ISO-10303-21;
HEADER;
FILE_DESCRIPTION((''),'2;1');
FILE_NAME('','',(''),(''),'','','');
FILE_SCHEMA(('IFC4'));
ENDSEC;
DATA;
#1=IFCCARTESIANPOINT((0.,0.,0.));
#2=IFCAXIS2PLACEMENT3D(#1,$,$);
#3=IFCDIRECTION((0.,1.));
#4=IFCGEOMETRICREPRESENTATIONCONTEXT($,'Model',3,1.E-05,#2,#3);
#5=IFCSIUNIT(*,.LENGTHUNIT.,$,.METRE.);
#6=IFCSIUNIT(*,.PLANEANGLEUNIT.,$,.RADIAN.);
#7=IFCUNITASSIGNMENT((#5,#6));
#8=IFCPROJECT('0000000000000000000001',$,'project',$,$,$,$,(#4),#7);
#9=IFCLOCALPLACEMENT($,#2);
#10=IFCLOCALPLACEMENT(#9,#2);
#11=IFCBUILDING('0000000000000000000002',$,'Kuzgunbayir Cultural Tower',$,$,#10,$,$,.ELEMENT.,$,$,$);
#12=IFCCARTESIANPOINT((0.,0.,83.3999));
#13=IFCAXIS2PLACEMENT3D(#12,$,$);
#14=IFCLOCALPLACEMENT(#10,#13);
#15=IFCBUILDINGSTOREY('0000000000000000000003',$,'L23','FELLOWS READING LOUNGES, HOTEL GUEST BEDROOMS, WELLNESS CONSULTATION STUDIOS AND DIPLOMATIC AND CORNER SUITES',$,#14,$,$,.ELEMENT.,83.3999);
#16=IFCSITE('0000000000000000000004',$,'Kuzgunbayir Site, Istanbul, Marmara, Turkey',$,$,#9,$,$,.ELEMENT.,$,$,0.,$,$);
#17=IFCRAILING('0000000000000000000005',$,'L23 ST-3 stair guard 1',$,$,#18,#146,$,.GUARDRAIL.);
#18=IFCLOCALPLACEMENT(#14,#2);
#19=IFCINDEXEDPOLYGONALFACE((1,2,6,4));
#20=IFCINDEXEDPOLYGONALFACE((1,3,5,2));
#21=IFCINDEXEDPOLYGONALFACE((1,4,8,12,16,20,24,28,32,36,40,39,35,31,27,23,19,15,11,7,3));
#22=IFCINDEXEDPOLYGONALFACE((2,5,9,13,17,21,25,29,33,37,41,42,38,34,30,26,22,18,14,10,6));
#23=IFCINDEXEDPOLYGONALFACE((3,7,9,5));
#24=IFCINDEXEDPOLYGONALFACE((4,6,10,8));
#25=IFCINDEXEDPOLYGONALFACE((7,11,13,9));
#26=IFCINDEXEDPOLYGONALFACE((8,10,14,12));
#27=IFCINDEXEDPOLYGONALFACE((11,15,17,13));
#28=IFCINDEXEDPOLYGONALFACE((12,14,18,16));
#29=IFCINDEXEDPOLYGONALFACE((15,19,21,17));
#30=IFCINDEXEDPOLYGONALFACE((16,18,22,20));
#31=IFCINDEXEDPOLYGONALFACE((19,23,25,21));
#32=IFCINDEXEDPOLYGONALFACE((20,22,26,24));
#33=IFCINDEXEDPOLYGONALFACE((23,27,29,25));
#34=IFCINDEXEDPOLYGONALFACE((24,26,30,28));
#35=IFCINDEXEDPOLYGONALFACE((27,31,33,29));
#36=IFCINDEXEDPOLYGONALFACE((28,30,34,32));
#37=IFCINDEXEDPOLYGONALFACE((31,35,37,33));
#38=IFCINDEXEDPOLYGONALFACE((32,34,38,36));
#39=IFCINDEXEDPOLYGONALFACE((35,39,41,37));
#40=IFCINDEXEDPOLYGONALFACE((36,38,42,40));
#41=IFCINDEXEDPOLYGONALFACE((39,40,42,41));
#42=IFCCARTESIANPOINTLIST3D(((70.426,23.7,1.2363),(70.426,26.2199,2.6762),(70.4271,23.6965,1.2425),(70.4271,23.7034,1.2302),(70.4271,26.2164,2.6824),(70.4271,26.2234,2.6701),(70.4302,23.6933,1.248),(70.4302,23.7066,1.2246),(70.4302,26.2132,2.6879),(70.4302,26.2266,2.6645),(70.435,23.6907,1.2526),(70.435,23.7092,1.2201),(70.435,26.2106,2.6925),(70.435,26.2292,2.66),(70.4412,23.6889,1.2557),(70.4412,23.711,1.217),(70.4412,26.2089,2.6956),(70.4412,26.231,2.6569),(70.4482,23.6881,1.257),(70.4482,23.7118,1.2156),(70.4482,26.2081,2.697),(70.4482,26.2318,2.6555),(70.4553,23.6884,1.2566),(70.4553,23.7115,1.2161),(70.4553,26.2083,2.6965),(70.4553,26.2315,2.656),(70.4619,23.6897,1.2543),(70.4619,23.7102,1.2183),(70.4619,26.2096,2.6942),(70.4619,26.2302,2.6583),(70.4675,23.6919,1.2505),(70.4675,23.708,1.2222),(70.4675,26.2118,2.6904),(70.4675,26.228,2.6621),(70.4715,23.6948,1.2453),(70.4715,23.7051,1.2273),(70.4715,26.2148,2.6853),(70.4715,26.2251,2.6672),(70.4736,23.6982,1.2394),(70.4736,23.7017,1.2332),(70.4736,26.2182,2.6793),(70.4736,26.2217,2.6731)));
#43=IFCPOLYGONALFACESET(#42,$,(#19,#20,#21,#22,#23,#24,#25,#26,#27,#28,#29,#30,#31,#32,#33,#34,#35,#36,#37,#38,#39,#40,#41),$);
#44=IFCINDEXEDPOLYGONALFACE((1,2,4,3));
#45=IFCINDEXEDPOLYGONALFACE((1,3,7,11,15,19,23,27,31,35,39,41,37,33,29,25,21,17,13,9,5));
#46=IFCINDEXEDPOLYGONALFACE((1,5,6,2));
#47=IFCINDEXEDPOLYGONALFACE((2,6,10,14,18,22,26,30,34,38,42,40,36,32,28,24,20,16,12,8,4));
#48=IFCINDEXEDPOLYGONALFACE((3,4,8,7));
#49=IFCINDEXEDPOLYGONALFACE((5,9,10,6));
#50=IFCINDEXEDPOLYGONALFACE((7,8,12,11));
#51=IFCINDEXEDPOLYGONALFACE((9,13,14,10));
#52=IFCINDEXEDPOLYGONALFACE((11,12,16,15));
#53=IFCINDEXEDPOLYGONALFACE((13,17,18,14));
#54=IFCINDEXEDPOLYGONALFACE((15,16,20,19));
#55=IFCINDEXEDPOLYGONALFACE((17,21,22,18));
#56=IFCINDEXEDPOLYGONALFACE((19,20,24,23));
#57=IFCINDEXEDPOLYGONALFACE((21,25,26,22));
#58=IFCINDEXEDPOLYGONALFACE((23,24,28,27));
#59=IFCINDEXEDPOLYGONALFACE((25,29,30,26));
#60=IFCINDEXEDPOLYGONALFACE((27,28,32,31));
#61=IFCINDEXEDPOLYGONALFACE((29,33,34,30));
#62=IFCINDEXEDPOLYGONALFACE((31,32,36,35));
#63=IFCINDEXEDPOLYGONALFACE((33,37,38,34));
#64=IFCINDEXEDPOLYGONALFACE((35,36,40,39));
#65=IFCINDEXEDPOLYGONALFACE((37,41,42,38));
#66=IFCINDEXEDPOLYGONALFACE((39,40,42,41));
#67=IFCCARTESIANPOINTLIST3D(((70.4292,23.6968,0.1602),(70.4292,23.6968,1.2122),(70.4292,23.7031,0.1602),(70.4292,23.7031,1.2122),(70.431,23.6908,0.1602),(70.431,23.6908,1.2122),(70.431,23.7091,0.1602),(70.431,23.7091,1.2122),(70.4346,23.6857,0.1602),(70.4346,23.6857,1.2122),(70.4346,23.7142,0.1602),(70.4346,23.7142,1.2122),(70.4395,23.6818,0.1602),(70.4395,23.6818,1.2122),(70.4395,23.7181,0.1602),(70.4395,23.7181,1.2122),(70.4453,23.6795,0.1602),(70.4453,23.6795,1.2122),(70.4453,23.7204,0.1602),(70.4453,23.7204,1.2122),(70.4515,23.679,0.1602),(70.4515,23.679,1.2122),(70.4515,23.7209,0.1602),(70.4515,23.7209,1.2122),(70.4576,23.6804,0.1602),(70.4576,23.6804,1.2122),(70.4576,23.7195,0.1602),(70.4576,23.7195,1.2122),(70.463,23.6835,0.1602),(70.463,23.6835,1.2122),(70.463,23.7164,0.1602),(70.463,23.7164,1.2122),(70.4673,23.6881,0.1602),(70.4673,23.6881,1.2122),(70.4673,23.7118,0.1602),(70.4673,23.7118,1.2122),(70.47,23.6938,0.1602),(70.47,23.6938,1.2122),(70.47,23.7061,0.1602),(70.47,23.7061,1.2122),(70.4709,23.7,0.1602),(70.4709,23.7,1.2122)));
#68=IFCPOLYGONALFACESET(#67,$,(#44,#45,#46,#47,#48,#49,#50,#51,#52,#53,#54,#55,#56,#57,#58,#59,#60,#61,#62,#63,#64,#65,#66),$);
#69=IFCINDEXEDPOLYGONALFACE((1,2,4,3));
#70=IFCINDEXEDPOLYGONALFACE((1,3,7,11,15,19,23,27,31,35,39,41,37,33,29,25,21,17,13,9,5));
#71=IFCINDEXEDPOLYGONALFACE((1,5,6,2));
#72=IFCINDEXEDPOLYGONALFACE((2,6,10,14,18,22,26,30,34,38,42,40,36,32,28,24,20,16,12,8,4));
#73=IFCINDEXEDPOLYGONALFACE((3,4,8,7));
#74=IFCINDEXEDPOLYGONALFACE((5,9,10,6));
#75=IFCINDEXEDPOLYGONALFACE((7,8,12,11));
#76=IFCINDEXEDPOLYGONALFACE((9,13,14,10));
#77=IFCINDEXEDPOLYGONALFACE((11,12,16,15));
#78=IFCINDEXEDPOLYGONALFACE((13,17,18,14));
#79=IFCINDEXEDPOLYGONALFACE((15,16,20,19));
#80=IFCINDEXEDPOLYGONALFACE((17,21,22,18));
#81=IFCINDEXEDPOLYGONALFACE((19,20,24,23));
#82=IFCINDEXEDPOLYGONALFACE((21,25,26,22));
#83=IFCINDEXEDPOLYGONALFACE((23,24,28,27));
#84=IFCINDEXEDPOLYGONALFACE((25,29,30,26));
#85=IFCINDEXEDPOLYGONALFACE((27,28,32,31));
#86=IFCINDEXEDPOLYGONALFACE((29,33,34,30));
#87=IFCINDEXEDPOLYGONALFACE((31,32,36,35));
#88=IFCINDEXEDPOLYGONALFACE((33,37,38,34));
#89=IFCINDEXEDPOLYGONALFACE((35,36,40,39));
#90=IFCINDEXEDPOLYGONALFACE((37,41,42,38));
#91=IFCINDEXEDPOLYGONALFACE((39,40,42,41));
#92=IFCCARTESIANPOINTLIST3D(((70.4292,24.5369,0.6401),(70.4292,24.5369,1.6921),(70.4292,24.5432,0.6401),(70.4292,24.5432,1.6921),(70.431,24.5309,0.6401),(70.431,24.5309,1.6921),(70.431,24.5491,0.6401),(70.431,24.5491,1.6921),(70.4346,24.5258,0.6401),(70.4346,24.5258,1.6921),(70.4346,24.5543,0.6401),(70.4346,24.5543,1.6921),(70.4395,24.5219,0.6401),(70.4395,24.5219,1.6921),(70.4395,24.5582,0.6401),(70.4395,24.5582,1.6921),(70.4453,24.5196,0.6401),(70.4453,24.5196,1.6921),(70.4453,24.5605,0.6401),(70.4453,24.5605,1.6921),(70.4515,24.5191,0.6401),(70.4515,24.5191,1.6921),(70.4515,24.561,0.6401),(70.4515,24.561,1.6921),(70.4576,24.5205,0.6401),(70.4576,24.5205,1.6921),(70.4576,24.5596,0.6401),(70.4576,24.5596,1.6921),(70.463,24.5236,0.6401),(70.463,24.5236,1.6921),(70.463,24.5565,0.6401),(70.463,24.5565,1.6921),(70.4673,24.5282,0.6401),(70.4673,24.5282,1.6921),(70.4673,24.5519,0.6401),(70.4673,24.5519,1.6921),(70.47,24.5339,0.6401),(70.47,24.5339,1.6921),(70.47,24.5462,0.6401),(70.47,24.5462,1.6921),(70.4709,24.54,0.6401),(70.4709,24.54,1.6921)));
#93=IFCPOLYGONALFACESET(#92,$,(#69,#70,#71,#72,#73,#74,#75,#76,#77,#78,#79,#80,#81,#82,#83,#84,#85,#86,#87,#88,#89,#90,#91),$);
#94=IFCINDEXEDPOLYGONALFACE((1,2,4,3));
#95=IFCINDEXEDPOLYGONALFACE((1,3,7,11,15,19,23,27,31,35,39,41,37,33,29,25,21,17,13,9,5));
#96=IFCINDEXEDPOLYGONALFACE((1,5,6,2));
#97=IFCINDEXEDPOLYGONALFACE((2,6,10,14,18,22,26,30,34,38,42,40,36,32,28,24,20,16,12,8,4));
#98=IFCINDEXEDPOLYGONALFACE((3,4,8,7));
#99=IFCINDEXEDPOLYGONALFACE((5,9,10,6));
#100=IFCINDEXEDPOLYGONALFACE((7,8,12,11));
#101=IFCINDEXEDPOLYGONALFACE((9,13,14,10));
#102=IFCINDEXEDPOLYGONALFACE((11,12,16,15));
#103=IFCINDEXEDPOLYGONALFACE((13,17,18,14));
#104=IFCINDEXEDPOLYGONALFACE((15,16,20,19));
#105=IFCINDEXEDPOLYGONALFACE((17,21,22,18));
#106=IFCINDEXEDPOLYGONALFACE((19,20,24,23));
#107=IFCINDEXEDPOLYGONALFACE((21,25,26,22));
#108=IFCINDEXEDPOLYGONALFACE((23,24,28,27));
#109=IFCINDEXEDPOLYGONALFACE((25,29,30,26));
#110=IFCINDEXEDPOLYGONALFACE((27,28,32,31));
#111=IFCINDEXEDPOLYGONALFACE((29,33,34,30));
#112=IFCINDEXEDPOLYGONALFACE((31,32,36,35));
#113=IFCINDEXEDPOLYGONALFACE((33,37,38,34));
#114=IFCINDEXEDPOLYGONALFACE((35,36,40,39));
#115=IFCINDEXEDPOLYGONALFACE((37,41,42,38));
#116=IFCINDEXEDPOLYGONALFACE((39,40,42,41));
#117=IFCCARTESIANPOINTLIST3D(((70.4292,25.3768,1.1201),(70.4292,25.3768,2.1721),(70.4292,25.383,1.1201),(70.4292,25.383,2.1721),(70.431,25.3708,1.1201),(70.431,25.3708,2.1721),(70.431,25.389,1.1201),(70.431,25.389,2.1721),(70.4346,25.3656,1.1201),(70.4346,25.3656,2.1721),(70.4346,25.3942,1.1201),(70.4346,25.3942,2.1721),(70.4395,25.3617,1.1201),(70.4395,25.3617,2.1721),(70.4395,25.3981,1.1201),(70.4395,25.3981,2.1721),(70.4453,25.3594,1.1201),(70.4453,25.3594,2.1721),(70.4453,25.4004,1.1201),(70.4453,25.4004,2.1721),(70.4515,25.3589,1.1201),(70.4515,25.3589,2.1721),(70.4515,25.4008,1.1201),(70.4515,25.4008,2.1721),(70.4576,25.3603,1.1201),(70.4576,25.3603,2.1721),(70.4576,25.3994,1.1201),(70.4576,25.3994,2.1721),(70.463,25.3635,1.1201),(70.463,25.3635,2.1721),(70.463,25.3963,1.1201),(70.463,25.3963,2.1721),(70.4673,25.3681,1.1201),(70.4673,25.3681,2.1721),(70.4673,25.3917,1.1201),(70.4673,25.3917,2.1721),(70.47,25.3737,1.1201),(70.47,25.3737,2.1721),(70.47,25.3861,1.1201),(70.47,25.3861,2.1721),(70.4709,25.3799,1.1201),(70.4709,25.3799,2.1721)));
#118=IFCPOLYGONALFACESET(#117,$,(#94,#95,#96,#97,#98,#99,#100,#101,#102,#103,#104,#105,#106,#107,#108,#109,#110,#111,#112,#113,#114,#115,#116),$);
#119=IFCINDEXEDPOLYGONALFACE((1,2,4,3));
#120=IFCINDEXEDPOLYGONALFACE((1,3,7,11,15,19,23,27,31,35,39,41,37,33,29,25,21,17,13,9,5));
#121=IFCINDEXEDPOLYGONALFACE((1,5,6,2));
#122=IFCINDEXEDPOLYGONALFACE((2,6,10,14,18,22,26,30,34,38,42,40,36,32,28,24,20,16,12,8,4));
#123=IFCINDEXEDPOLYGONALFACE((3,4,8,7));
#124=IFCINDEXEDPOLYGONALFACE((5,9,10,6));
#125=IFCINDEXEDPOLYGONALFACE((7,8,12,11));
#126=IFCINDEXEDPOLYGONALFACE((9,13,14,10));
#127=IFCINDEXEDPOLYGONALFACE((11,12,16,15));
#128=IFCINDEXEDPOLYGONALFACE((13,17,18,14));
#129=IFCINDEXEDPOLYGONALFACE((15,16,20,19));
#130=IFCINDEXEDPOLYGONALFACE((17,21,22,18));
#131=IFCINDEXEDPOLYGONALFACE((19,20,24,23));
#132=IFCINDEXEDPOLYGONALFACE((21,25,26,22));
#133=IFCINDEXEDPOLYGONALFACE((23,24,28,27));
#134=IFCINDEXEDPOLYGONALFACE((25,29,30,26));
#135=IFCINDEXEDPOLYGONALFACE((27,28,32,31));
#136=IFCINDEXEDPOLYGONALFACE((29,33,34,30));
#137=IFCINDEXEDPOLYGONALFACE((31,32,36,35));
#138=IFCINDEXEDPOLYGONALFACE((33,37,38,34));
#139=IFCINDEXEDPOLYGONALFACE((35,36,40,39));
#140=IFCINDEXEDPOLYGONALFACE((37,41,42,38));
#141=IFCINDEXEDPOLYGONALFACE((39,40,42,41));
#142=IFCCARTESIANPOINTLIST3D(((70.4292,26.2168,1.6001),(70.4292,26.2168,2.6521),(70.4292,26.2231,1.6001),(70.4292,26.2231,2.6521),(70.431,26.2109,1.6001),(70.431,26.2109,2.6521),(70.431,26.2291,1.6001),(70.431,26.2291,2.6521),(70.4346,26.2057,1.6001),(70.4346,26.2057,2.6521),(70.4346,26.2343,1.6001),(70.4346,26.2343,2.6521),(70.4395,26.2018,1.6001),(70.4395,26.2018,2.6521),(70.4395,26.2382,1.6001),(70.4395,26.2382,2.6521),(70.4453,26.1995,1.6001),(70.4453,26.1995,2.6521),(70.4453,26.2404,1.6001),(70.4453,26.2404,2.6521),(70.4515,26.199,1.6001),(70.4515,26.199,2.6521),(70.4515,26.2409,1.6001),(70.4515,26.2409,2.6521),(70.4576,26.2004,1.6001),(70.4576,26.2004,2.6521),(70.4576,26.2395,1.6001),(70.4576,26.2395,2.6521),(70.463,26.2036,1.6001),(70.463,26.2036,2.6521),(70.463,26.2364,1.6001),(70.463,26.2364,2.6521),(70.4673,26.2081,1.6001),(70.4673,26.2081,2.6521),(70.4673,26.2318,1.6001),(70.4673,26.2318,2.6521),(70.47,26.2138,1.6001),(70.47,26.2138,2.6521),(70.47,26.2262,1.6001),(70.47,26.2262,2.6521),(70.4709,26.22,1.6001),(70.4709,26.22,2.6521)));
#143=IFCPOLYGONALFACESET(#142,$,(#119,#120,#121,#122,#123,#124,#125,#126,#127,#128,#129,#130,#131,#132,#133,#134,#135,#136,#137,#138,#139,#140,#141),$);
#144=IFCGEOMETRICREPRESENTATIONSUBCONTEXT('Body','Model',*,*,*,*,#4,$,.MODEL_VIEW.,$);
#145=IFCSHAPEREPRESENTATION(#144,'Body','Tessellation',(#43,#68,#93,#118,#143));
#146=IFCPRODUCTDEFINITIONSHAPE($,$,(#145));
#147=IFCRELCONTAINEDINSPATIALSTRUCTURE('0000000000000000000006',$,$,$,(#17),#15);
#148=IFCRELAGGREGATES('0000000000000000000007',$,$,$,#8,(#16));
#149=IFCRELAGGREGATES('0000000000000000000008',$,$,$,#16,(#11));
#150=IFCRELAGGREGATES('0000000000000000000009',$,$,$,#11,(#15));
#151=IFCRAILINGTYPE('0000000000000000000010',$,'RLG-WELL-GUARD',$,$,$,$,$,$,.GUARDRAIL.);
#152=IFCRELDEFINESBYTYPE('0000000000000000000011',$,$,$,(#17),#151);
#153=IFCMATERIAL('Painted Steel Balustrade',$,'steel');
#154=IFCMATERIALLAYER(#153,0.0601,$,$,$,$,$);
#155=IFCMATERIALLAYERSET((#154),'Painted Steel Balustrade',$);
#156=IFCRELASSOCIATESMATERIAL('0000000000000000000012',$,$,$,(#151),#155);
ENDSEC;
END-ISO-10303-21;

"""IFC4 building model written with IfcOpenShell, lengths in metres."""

from ifc_helpers import new_model, si_unit, direction, frame, origin, origin_2d, place, context, subcontext, project, spatial, circle, extrude, material, layer, layer_set, type_object, element, save


model = new_model("IFC4")

# Units and contexts
model_context = context("Model", 3, precision=1e-05, world=origin(), true_north=direction((0.0, 1.0)))
body_context = subcontext(model_context, "Body", "Model", "MODEL_VIEW")
ifc_project = project(units=[si_unit("LENGTHUNIT", "METRE"), si_unit("PLANEANGLEUNIT", "RADIAN")], contexts=[model_context])

# Site, building, storey
site_placement = place(None, origin())
site = spatial("IfcSite", under=ifc_project, at=site_placement, Name="Kuzgunbayir Site, Istanbul, Marmara, Turkey", CompositionType="ELEMENT", RefElevation=0.0)
building_placement = place(site_placement, origin())
building = spatial("IfcBuilding", under=site, at=building_placement, Name="Kuzgunbayir Cultural Tower", CompositionType="ELEMENT")
storey_placement = place(building_placement, frame((0.0, 0.0, 83.3999)))
storey = spatial("IfcBuildingStorey", under=building, at=storey_placement, Name="L23", Description="FELLOWS READING LOUNGES, HOTEL GUEST BEDROOMS, WELLNESS CONSULTATION STUDIOS AND DIPLOMATIC AND CORNER SUITES", CompositionType="ELEMENT", Elevation=83.3999)

# Railing
ifc_material_1 = material(Name="Painted Steel Balustrade", Category="steel")
ifc_layer_1 = layer(ifc_material_1, 0.0601)
ifc_layer_set_1 = layer_set([ifc_layer_1], Name="Painted Steel Balustrade")
railing_type_1 = type_object("IfcRailingType", Name="RLG-WELL-GUARD", PredefinedType="GUARDRAIL", material=ifc_layer_set_1)
railing_1_placement = place(storey_placement, frame((70.45, 23.7, 0.1602)))
element("IfcRailing", 1, at=railing_1_placement, inside=storey, type_object=railing_type_1, Name="L23 ST-3 stair guard 1", PredefinedType="GUARDRAIL", context=body_context, shape_type="SweptSolid", body=[
    extrude(circle(Radius=0.0239, at=origin_2d()), frame((0.0, 0.0, 1.0762), z_axis=(0.0, 0.868253, 0.496121), x_axis=(-1.0, 0.0, 0.0)), (0.0, 0.0, 1.0), 2.9023),
    extrude(circle(Radius=0.021, at=origin_2d()), origin(), (0.0, 0.0, 1.0), 1.052),
    extrude(circle(Radius=0.021, at=origin_2d()), frame((0.0, 0.8401, 0.48)), (0.0, 0.0, 1.0), 1.052),
    extrude(circle(Radius=0.021, at=origin_2d()), frame((0.0, 1.6799, 0.96)), (0.0, 0.0, 1.0), 1.052),
    extrude(circle(Radius=0.021, at=origin_2d()), frame((0.0, 2.52, 1.4399)), (0.0, 0.0, 1.0), 1.052),
])

save(model, "model.ifc")
